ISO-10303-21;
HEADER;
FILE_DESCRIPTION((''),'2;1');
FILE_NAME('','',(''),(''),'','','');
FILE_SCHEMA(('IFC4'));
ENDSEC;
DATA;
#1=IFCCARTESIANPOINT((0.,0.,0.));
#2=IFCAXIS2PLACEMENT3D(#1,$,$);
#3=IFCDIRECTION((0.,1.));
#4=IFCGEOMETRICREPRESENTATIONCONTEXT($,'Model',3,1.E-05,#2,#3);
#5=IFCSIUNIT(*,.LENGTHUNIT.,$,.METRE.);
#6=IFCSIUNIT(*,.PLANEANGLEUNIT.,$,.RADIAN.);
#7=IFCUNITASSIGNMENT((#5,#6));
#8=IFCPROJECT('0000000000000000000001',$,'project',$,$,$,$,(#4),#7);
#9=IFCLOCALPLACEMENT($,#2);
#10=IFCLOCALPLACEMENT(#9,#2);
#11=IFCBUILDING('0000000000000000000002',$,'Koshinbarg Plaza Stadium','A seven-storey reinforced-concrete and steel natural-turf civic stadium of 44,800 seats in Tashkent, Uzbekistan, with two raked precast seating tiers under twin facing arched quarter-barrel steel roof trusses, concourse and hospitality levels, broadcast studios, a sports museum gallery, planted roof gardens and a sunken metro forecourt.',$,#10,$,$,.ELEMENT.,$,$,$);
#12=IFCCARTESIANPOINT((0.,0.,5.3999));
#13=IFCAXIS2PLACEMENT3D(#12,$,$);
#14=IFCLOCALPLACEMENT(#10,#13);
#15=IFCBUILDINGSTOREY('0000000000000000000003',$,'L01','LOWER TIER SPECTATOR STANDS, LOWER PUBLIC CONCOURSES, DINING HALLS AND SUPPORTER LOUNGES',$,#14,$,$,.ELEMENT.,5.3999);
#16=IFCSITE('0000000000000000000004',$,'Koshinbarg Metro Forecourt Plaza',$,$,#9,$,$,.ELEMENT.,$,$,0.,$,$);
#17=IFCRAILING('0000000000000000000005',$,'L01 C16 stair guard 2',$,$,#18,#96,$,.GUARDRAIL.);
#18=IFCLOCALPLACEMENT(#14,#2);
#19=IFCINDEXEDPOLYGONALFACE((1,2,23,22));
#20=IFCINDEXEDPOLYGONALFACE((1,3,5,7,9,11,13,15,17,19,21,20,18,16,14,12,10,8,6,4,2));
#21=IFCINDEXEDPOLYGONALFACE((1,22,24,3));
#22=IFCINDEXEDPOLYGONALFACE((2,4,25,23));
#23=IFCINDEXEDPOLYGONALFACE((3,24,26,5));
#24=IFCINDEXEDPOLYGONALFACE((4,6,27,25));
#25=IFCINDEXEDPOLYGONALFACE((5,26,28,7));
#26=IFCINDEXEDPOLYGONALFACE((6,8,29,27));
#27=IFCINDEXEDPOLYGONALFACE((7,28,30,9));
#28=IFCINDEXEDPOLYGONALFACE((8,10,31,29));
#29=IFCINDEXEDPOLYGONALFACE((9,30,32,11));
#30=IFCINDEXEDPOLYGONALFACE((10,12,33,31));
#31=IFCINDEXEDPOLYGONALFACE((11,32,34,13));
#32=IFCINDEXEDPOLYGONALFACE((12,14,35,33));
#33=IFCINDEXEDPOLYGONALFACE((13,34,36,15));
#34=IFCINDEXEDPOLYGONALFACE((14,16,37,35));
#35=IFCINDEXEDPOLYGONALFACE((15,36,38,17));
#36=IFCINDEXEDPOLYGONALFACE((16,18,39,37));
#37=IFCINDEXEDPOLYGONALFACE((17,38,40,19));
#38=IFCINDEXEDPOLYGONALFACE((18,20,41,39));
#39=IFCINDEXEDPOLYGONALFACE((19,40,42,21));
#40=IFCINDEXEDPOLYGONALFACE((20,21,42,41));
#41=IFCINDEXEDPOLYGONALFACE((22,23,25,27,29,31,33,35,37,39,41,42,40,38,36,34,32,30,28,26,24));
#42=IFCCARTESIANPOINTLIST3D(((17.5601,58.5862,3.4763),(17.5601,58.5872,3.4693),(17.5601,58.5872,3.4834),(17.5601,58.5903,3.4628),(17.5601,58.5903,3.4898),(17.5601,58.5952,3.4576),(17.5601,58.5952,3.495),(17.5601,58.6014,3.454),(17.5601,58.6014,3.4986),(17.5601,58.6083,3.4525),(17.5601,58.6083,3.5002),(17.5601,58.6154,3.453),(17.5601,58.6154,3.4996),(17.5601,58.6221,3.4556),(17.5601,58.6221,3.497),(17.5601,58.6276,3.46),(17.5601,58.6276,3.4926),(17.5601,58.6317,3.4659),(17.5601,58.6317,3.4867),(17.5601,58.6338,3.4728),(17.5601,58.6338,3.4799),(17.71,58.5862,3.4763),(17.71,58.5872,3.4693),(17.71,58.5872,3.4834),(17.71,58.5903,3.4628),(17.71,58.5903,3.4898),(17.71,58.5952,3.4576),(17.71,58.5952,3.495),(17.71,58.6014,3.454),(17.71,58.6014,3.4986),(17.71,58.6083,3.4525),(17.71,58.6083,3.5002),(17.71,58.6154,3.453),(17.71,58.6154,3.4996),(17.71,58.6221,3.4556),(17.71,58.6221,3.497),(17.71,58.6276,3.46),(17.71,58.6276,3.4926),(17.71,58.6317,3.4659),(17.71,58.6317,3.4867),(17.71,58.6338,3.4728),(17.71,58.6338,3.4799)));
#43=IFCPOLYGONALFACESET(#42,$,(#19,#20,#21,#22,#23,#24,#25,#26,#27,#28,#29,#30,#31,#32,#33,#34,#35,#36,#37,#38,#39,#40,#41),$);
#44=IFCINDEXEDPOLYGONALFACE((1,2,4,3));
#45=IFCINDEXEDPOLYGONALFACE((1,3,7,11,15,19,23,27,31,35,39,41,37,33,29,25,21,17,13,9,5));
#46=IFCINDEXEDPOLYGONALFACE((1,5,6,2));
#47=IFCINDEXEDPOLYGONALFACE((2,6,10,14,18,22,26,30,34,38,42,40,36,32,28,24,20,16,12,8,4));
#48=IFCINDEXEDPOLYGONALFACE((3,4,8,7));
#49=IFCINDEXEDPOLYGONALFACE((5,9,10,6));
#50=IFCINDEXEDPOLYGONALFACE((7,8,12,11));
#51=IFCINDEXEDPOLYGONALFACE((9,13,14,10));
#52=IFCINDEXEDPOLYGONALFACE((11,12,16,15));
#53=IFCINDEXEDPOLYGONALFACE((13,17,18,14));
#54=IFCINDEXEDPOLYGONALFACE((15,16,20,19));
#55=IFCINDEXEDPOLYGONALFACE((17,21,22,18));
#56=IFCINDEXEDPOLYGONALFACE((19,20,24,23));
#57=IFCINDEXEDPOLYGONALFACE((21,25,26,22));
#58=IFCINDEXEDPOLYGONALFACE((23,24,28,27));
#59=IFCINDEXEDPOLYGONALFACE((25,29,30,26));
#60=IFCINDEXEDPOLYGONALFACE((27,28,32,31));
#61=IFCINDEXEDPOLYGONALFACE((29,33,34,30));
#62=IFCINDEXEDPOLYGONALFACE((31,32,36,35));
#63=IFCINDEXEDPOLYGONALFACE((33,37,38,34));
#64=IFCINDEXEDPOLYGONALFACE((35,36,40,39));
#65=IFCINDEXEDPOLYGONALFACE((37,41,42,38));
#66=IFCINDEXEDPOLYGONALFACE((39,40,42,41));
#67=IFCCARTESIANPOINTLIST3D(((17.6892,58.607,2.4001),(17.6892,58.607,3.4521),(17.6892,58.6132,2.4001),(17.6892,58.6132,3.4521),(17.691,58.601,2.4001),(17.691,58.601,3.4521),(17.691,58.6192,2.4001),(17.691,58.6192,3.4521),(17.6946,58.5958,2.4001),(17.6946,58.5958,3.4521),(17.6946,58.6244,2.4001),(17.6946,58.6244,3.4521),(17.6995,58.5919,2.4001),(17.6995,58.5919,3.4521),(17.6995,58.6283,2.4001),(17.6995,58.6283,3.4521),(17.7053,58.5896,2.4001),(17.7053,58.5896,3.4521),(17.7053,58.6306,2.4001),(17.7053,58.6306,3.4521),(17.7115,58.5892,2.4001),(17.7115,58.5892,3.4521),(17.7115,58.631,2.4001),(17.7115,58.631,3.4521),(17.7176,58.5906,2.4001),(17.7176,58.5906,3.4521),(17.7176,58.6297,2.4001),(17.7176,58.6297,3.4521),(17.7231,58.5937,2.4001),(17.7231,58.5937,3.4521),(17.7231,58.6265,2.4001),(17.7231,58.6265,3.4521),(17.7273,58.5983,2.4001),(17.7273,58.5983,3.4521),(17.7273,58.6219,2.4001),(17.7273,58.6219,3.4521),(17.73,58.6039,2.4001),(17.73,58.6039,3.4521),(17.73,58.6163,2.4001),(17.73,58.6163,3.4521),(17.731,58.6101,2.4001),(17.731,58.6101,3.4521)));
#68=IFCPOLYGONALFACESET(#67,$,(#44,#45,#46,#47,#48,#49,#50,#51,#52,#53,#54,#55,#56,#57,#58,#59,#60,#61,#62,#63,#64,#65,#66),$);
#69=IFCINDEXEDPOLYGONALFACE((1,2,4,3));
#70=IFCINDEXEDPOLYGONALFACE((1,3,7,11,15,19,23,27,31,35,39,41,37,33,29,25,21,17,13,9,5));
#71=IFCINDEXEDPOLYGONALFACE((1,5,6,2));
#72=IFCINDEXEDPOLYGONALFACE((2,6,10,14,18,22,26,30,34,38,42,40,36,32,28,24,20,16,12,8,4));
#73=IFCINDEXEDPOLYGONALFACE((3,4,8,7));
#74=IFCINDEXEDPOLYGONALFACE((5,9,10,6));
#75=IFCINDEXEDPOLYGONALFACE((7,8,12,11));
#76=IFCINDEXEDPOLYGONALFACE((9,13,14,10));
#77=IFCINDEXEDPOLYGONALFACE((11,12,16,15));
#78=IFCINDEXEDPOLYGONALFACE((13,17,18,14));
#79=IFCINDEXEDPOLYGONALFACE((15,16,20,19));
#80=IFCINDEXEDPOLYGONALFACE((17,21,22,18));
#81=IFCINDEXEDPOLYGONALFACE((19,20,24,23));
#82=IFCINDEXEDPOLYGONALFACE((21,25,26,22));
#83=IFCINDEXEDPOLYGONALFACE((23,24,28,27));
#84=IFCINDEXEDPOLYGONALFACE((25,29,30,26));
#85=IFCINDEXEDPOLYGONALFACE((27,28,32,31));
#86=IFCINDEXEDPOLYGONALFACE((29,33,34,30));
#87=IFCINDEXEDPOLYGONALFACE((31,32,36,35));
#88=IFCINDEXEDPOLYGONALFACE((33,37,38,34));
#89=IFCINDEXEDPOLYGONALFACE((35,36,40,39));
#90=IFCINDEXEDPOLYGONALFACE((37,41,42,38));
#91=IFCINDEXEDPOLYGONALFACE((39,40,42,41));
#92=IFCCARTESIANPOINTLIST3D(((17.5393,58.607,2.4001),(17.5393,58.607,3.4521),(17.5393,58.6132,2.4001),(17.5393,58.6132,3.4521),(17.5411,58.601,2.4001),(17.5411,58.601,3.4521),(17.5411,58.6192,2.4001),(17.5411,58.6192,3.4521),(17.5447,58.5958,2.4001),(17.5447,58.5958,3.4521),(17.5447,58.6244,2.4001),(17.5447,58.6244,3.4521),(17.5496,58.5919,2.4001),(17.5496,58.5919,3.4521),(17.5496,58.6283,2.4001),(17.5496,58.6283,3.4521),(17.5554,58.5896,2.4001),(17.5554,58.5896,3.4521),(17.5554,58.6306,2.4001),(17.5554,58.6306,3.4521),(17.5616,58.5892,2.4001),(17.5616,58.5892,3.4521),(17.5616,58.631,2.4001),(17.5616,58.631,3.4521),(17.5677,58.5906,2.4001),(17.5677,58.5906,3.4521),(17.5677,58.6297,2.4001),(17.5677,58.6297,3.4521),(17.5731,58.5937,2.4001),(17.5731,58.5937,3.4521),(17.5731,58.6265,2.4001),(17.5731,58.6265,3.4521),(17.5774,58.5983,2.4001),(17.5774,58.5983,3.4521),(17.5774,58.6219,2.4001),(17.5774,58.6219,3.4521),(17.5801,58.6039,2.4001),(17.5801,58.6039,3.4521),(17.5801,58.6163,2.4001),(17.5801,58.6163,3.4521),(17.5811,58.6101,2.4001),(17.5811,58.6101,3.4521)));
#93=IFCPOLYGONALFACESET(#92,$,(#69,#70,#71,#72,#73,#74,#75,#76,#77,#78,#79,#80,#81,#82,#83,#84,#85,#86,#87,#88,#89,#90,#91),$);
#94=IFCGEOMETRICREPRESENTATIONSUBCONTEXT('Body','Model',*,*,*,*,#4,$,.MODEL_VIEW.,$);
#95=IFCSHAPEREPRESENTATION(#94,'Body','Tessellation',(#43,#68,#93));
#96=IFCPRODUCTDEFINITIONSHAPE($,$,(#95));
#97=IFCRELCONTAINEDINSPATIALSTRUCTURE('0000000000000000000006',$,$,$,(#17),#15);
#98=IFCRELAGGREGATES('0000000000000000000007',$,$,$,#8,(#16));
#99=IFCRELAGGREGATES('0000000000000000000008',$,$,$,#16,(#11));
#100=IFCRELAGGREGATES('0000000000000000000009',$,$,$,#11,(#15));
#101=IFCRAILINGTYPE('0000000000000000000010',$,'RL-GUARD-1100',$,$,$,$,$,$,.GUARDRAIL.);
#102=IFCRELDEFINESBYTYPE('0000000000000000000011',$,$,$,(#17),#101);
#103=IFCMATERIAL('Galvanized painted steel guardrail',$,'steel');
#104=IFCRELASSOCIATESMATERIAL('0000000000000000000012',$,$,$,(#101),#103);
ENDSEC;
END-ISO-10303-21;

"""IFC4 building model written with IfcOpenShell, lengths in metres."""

from ifc_helpers import new_model, si_unit, direction, frame, origin, origin_2d, place, context, subcontext, project, spatial, circle, extrude, material, type_object, element, save


model = new_model("IFC4")

# Units and contexts
model_context = context("Model", 3, precision=1e-05, world=origin(), true_north=direction((0.0, 1.0)))
body_context = subcontext(model_context, "Body", "Model", "MODEL_VIEW")
ifc_project = project(units=[si_unit("LENGTHUNIT", "METRE"), si_unit("PLANEANGLEUNIT", "RADIAN")], contexts=[model_context])

# Site, building, storey
site_placement = place(None, origin())
site = spatial("IfcSite", under=ifc_project, at=site_placement, Name="Koshinbarg Metro Forecourt Plaza", CompositionType="ELEMENT", RefElevation=0.0)
building_placement = place(site_placement, origin())
building = spatial("IfcBuilding", under=site, at=building_placement, Name="Koshinbarg Plaza Stadium", Description="A seven-storey reinforced-concrete and steel natural-turf civic stadium of 44,800 seats in Tashkent, Uzbekistan, with two raked precast seating tiers under twin facing arched quarter-barrel steel roof trusses, concourse and hospitality levels, broadcast studios, a sports museum gallery, planted roof gardens and a sunken metro forecourt.", CompositionType="ELEMENT")
storey_placement = place(building_placement, frame((0.0, 0.0, 5.3999)))
storey = spatial("IfcBuildingStorey", under=building, at=storey_placement, Name="L01", Description="LOWER TIER SPECTATOR STANDS, LOWER PUBLIC CONCOURSES, DINING HALLS AND SUPPORTER LOUNGES", CompositionType="ELEMENT", Elevation=5.3999)

# Railing
ifc_material_1 = material(Name="Galvanized painted steel guardrail", Category="steel")
railing_type_1 = type_object("IfcRailingType", Name="RL-GUARD-1100", PredefinedType="GUARDRAIL", material=ifc_material_1)
railing_1_placement = place(storey_placement, frame((17.71, 58.6101, 2.4001)))
element("IfcRailing", 1, at=railing_1_placement, inside=storey, type_object=railing_type_1, Name="L01 C16 stair guard 2", PredefinedType="GUARDRAIL", context=body_context, shape_type="SweptSolid", body=[
    extrude(circle(Radius=0.0239, at=origin_2d()), frame((0.0, 0.0, 1.0762), z_axis=(-1.0, 0.0, 0.0), x_axis=(0.0, -1.0, 0.0)), (0.0, 0.0, 1.0), 0.1499),
    extrude(circle(Radius=0.021, at=origin_2d()), origin(), (0.0, 0.0, 1.0), 1.052),
    extrude(circle(Radius=0.021, at=origin_2d()), frame((-0.1499, 0.0, 0.0)), (0.0, 0.0, 1.0), 1.052),
])

save(model, "model.ifc")
